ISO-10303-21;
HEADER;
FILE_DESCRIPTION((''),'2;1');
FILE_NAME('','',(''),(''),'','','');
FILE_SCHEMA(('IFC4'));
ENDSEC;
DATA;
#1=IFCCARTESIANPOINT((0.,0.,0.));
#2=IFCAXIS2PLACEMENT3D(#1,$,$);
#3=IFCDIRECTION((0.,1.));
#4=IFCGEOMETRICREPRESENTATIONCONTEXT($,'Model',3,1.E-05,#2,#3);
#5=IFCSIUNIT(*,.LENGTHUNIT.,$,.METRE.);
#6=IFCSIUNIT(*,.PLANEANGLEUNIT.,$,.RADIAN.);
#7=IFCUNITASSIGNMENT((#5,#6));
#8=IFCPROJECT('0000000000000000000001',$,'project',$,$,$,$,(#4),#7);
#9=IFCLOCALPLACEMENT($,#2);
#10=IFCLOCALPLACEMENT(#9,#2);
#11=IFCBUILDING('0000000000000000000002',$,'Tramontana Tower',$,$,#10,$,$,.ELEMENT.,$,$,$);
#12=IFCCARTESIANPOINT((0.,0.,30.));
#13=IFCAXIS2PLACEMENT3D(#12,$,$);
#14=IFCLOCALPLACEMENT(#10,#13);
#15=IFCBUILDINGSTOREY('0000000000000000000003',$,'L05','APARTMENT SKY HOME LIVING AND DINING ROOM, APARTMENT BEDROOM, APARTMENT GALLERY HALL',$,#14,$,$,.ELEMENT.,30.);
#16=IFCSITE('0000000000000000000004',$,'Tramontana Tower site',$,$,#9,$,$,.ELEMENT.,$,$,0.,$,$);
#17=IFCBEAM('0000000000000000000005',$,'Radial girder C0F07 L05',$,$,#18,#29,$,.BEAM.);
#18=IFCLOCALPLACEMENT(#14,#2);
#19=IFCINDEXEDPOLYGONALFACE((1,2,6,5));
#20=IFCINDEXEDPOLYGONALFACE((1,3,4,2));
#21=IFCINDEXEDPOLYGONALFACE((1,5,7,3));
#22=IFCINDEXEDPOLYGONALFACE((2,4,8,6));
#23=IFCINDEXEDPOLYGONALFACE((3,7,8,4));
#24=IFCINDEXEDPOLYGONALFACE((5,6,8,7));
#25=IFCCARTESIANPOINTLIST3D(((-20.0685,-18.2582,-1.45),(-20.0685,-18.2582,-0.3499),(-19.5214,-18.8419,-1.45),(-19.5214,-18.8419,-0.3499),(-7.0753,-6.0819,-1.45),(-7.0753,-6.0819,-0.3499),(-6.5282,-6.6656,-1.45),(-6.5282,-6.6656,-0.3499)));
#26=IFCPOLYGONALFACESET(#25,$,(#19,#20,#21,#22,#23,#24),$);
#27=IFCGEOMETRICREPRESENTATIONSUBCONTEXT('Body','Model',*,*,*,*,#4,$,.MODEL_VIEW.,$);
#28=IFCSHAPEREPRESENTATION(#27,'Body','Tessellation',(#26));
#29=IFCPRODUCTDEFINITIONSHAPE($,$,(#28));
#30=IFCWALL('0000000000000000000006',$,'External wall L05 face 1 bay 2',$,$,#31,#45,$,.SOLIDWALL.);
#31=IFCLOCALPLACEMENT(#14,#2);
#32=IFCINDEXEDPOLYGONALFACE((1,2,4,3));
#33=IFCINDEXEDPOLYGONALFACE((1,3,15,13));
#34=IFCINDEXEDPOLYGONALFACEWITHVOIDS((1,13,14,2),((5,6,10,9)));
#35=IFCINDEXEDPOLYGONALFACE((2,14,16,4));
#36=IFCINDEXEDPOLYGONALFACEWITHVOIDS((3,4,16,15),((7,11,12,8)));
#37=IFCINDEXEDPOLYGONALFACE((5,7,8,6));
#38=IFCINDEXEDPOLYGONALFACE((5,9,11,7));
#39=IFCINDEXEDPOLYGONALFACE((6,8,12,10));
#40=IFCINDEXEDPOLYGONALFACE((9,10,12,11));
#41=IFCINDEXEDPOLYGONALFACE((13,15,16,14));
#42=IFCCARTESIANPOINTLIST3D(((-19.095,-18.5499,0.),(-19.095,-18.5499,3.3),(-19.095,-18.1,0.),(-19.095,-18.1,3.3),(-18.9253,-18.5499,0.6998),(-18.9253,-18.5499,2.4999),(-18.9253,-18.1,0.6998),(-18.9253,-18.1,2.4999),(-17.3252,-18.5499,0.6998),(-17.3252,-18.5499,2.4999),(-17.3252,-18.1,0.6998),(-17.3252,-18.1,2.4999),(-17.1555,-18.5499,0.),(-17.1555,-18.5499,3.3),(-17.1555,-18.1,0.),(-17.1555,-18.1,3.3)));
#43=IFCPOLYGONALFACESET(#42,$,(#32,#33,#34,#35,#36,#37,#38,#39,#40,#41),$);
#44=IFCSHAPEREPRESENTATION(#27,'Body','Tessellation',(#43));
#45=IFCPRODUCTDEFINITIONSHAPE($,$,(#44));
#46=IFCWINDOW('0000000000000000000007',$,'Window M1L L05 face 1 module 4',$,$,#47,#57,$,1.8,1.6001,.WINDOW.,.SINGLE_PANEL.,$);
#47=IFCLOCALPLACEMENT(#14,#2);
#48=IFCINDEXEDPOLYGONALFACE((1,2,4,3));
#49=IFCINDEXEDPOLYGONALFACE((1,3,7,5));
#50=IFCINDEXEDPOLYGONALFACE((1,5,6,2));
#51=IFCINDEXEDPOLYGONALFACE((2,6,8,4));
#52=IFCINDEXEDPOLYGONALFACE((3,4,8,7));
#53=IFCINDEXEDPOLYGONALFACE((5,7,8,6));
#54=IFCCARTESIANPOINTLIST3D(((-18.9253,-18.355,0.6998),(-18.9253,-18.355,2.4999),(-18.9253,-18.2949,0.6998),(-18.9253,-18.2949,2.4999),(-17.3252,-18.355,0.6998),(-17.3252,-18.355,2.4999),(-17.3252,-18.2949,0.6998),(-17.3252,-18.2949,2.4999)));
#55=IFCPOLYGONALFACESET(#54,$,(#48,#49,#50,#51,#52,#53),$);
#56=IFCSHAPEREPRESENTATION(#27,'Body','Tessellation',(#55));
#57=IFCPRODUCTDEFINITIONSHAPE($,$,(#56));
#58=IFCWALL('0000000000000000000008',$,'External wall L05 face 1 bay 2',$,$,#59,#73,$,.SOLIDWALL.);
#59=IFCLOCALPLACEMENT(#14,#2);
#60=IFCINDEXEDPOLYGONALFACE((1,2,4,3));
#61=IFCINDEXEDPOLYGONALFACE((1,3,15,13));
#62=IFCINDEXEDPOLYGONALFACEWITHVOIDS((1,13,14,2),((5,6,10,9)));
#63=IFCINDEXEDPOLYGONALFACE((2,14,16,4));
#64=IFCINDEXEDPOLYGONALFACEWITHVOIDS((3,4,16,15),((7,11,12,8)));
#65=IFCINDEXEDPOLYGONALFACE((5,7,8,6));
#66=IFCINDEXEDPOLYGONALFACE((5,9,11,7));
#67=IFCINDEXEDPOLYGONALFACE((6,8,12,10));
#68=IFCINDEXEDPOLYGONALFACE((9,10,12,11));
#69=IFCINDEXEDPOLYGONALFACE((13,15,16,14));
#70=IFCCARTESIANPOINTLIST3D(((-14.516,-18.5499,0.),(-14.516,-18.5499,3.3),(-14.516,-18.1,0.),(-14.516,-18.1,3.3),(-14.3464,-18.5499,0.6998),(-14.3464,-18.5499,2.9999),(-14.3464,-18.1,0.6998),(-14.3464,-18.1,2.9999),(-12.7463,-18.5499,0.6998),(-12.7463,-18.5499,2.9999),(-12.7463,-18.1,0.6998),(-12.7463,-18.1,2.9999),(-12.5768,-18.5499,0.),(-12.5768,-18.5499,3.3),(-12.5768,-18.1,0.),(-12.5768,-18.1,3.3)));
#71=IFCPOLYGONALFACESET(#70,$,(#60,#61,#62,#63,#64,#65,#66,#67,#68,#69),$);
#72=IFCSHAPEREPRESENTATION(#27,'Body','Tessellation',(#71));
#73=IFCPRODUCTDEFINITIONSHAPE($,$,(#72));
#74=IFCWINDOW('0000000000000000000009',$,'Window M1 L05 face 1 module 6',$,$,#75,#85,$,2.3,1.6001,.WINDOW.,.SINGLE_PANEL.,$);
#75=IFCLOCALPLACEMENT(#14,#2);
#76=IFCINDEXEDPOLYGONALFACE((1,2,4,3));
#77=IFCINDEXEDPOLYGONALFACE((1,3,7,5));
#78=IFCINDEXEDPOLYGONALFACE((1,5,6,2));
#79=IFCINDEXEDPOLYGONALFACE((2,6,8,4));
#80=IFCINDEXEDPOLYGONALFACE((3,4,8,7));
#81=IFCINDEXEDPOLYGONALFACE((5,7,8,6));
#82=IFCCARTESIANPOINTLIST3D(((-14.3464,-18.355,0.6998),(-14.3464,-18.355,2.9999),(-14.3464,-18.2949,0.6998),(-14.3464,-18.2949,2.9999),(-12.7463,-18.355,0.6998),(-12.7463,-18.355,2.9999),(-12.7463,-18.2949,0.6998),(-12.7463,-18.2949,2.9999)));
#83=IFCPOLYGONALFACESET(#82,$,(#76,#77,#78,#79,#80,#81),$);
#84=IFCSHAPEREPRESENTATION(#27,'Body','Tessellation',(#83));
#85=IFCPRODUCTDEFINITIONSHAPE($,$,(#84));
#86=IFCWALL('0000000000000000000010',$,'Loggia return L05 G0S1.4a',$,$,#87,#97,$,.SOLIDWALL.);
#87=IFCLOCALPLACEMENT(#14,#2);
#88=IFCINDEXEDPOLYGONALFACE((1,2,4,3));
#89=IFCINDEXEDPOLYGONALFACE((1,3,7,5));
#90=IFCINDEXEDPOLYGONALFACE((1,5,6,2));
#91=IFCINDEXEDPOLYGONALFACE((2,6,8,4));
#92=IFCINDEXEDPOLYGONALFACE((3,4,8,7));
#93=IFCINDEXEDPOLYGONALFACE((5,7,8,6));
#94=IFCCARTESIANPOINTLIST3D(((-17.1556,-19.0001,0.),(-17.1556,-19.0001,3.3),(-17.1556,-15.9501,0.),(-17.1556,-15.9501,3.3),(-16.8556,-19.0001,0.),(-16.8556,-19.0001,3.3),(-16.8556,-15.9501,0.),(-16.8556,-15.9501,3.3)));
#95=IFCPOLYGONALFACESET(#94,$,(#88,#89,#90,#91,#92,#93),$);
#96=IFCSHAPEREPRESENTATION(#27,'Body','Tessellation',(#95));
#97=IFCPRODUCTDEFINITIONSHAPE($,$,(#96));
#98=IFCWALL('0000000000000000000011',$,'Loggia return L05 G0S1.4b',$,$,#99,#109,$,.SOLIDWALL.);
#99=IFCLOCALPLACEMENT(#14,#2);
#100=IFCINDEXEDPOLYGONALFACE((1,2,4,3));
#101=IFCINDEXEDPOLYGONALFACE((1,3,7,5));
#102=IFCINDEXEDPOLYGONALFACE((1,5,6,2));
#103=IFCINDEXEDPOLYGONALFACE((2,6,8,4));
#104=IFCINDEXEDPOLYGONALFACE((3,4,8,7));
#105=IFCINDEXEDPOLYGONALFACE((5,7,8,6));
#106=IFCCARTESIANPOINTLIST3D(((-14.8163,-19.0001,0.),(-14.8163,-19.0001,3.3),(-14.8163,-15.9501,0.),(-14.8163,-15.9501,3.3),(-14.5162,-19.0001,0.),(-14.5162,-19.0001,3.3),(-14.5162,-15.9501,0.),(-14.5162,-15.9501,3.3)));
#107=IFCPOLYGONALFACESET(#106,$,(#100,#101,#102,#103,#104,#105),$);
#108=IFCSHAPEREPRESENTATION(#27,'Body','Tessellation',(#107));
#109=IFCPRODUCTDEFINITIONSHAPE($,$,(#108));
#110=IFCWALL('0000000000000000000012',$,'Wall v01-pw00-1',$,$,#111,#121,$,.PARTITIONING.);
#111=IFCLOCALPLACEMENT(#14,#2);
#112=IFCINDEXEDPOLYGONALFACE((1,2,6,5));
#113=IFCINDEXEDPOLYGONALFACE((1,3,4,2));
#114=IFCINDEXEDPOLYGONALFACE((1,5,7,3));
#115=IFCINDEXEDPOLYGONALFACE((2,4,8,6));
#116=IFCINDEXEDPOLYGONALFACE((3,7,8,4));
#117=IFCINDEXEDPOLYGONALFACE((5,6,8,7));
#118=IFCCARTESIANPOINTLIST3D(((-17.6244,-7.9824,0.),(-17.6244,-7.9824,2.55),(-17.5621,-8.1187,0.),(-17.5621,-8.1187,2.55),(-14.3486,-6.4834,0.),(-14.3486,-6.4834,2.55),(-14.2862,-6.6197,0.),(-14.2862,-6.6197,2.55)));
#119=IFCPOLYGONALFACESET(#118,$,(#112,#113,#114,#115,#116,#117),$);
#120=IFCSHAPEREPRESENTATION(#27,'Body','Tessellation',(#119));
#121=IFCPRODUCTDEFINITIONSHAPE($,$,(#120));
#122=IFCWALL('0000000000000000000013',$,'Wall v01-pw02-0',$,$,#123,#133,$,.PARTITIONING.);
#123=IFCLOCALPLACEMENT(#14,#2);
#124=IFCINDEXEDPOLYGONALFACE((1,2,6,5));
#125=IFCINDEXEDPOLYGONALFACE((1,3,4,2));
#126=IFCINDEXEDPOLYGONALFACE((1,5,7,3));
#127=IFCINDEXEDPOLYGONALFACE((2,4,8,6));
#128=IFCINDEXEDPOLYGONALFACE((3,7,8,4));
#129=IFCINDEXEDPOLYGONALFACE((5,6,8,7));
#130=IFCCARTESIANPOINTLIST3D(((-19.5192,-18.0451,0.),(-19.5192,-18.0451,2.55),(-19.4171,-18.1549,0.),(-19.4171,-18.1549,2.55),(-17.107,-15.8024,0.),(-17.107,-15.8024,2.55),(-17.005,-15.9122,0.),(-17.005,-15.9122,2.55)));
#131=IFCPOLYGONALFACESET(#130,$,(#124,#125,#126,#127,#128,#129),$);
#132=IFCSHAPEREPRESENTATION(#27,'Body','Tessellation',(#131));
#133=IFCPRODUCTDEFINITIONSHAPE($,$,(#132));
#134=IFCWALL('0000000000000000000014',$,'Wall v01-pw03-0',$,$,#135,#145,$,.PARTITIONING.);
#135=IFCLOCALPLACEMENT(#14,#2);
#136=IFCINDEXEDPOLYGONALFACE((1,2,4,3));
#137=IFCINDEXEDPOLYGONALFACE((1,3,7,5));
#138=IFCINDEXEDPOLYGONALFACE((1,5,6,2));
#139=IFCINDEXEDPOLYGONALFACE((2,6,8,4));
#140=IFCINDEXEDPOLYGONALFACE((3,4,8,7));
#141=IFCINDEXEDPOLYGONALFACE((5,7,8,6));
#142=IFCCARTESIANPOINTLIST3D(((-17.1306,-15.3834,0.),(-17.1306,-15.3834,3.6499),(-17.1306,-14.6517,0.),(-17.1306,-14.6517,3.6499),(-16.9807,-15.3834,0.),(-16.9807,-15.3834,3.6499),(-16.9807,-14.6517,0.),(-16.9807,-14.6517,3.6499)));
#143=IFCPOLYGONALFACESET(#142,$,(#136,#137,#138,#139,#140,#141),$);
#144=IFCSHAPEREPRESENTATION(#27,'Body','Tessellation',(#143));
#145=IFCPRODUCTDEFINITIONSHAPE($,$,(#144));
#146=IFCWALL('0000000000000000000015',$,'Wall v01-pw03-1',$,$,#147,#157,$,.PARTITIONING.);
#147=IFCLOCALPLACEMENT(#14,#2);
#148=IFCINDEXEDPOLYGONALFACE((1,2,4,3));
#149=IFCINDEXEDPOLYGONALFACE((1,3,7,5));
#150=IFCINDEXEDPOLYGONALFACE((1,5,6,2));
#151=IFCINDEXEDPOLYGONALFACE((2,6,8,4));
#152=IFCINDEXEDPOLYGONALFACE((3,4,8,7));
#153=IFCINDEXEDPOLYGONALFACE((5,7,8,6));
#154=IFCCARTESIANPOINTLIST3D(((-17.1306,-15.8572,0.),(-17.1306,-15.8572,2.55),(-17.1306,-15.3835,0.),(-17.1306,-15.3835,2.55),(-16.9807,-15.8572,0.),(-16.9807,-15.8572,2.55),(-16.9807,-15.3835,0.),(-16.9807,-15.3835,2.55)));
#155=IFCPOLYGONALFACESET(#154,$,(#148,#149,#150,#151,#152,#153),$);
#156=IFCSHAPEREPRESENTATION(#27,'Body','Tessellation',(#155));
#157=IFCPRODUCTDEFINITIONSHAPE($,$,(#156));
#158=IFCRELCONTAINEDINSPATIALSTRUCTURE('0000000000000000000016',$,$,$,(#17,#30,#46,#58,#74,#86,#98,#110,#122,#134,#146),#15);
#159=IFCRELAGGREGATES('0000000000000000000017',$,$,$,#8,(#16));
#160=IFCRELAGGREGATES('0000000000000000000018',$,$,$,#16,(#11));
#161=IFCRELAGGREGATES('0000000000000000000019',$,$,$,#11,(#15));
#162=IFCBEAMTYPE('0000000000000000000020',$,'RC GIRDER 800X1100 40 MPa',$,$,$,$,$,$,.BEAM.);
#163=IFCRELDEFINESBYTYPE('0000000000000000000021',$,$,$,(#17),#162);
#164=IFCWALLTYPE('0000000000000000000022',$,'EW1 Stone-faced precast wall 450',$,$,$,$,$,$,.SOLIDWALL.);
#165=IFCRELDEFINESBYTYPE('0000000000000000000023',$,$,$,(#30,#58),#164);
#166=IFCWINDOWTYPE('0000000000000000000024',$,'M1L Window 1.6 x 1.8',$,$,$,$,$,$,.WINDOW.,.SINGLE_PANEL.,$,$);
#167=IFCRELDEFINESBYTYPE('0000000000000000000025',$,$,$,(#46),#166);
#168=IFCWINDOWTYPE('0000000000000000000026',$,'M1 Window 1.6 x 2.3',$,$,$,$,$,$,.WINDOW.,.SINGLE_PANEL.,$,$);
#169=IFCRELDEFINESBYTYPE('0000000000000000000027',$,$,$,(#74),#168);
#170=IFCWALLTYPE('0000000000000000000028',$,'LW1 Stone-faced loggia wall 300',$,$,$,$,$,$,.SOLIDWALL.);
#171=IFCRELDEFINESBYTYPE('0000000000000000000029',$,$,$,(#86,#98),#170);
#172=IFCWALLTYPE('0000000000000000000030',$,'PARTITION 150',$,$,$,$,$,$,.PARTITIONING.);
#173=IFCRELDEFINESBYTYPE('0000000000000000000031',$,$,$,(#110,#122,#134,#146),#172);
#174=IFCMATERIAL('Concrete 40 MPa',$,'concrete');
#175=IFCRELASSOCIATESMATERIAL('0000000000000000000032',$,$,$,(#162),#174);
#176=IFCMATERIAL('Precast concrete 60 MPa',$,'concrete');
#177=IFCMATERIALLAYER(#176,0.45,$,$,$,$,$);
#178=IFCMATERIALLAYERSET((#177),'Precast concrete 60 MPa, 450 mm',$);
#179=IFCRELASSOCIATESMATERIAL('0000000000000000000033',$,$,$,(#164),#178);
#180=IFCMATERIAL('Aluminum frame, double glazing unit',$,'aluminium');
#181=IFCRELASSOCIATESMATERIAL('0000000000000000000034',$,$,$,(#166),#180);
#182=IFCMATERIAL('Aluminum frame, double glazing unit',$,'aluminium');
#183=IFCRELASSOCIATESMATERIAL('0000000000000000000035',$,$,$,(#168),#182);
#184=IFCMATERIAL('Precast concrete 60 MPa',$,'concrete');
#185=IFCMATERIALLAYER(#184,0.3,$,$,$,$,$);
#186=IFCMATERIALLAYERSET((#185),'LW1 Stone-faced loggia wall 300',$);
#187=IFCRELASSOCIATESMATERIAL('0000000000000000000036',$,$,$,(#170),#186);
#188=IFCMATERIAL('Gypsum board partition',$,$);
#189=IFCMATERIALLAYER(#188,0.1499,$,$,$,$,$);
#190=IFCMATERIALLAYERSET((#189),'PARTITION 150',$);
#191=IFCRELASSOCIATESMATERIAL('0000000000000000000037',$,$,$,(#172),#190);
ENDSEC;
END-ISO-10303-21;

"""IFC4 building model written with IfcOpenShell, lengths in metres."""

from ifc_helpers import new_model, si_unit, direction, frame, frame_2d, origin, origin_2d, place, context, subcontext, project, spatial, rectangle, extrude, material, layer, layer_set, material_profile, profile_set, type_object, element, fill, save


model = new_model("IFC4")

# Units and contexts
model_context = context("Model", 3, precision=1e-05, world=origin(), true_north=direction((0.0, 1.0)))
body_context = subcontext(model_context, "Body", "Model", "MODEL_VIEW")
ifc_project = project(units=[si_unit("LENGTHUNIT", "METRE"), si_unit("PLANEANGLEUNIT", "RADIAN")], contexts=[model_context])

# Site, building, storey
site_placement = place(None, origin())
site = spatial("IfcSite", under=ifc_project, at=site_placement, Name="Tramontana Tower site", CompositionType="ELEMENT", RefElevation=0.0)
building_placement = place(site_placement, origin())
building = spatial("IfcBuilding", under=site, at=building_placement, Name="Tramontana Tower", CompositionType="ELEMENT")
storey_placement = place(building_placement, frame((0.0, 0.0, 30.0)))
storey = spatial("IfcBuildingStorey", under=building, at=storey_placement, Name="L05", Description="APARTMENT SKY HOME LIVING AND DINING ROOM, APARTMENT BEDROOM, APARTMENT GALLERY HALL", CompositionType="ELEMENT", Elevation=30.0)

# Beam
ifc_material_1 = material(Name="Concrete 40 MPa", Category="concrete")
ifc_material_profile = material_profile(ifc_material_1, rectangle(XDim=0.8, YDim=1.1001, at=origin_2d()), Name="RC GIRDER 800X1100 40 MPa")
ifc_profile_set = profile_set([ifc_material_profile], Name="Concrete 40 MPa")
beam_type = type_object("IfcBeamType", Name="RC GIRDER 800X1100 40 MPa", PredefinedType="BEAM", material=ifc_profile_set)
beam_placement = place(storey_placement, frame((-19.7949, -18.55, -0.8999), z_axis=(0.729672, 0.683797, 0.0), x_axis=(-0.683797, 0.729672, 0.0)))
element("IfcBeam", 1, at=beam_placement, inside=storey, type_object=beam_type, Name="Radial girder C0F07 L05", PredefinedType="BEAM", context=body_context, shape_type="SweptSolid", body=[
    extrude(rectangle(XDim=0.8, YDim=1.1001, at=origin_2d()), origin(), (0.0, 0.0, 1.0), 17.8069),
])

# Walls, openings, windows
ifc_material_2 = material(Name="Precast concrete 60 MPa", Category="concrete")
ifc_layer_1 = layer(ifc_material_2, 0.45)
ifc_layer_set_1 = layer_set([ifc_layer_1], Name="Precast concrete 60 MPa, 450 mm")
wall_type_1 = type_object("IfcWallType", Name="EW1 Stone-faced precast wall 450", PredefinedType="SOLIDWALL", material=ifc_layer_set_1)
wall_1_placement = place(storey_placement, frame((-19.095, -18.325, 0.0), z_axis=(0.0, 0.0, 1.0), x_axis=(1.0, 0.0, 0.0)))
wall_1 = element("IfcWall", 2, at=wall_1_placement, inside=storey, type_object=wall_type_1, Name="External wall L05 face 1 bay 2", PredefinedType="SOLIDWALL", context=body_context, shape_type="SweptSolid", body=[
    extrude(rectangle(XDim=1.9395, YDim=0.45, at=frame_2d((0.9697, 0.0))), origin(), (0.0, 0.0, 1.0), 3.3),
])
opening_1_placement = place(wall_1_placement, frame((0.1697, 0.0, 0.7)))
opening_1 = element("IfcOpeningElement", 3, at=opening_1_placement, cuts=wall_1, PredefinedType="OPENING", context=body_context, shape_type="SweptSolid", body=[
    extrude(rectangle(XDim=1.6001, YDim=1.8, at=frame_2d((0.8, 0.8999))), frame((0.0, 0.2349, 0.0), z_axis=(0.0, -1.0, 0.0), x_axis=(1.0, 0.0, 0.0)), (0.0, 0.0, 1.0), 0.47),
])
ifc_material_3 = material(Name="Aluminum frame, double glazing unit", Category="aluminium")
window_type_1 = type_object("IfcWindowType", Name="M1L Window 1.6 x 1.8", PartitioningType="SINGLE_PANEL", PredefinedType="WINDOW", material=ifc_material_3)
window_1_placement = place(opening_1_placement, origin())
window_1 = element("IfcWindow", 4, at=window_1_placement, inside=storey, type_object=window_type_1, Name="Window M1L L05 face 1 module 4", OverallHeight=1.8, OverallWidth=1.6001, PartitioningType="SINGLE_PANEL", PredefinedType="WINDOW", context=body_context, shape_type="SweptSolid", body=[
    extrude(rectangle(XDim=1.6001, YDim=1.8, at=frame_2d((0.8, 0.8999))), frame((0.0, 0.03, 0.0), z_axis=(0.0, -1.0, 0.0), x_axis=(1.0, 0.0, 0.0)), (0.0, 0.0, 1.0), 0.0601),
])
fill(opening_1, window_1)
wall_2_placement = place(storey_placement, frame((-14.5161, -18.325, 0.0), z_axis=(0.0, 0.0, 1.0), x_axis=(1.0, 0.0, 0.0)))
wall_2 = element("IfcWall", 5, at=wall_2_placement, inside=storey, type_object=wall_type_1, Name="External wall L05 face 1 bay 2", PredefinedType="SOLIDWALL", context=body_context, shape_type="SweptSolid", body=[
    extrude(rectangle(XDim=1.9392, YDim=0.45, at=frame_2d((0.9697, 0.0))), origin(), (0.0, 0.0, 1.0), 3.3),
])
opening_2_placement = place(wall_2_placement, frame((0.1697, 0.0, 0.7)))
opening_2 = element("IfcOpeningElement", 6, at=opening_2_placement, cuts=wall_2, PredefinedType="OPENING", context=body_context, shape_type="SweptSolid", body=[
    extrude(rectangle(XDim=1.6001, YDim=2.3, at=frame_2d((0.8, 1.1499))), frame((0.0, 0.2349, 0.0), z_axis=(0.0, -1.0, 0.0), x_axis=(1.0, 0.0, 0.0)), (0.0, 0.0, 1.0), 0.47),
])
ifc_material_4 = material(Name="Aluminum frame, double glazing unit", Category="aluminium")
window_type_2 = type_object("IfcWindowType", Name="M1 Window 1.6 x 2.3", PartitioningType="SINGLE_PANEL", PredefinedType="WINDOW", material=ifc_material_4)
window_2_placement = place(opening_2_placement, origin())
window_2 = element("IfcWindow", 7, at=window_2_placement, inside=storey, type_object=window_type_2, Name="Window M1 L05 face 1 module 6", OverallHeight=2.3, OverallWidth=1.6001, PartitioningType="SINGLE_PANEL", PredefinedType="WINDOW", context=body_context, shape_type="SweptSolid", body=[
    extrude(rectangle(XDim=1.6001, YDim=2.3, at=frame_2d((0.8, 1.1499))), frame((0.0, 0.03, 0.0), z_axis=(0.0, -1.0, 0.0), x_axis=(1.0, 0.0, 0.0)), (0.0, 0.0, 1.0), 0.0601),
])
fill(opening_2, window_2)

# Shared definitions
ifc_material_5 = material(Name="Precast concrete 60 MPa", Category="concrete")
ifc_layer_2 = layer(ifc_material_5, 0.3)
ifc_layer_set_2 = layer_set([ifc_layer_2], Name="LW1 Stone-faced loggia wall 300")
wall_type_2 = type_object("IfcWallType", Name="LW1 Stone-faced loggia wall 300", PredefinedType="SOLIDWALL", material=ifc_layer_set_2)

# Walls
for number, where, z_axis, x_axis, name in (
    (8, (-17.0056, -19.0, 0.0), (0.0, 0.0, 1.0), (0.0, 1.0, 0.0), "Loggia return L05 G0S1.4a"),
    (9, (-14.6663, -19.0, 0.0), (0.0, 0.0, 1.0), (0.0, 1.0, 0.0), "Loggia return L05 G0S1.4b"),
):
    element("IfcWall", number, at=place(storey_placement, frame(where, z_axis=z_axis, x_axis=x_axis)), inside=storey, type_object=wall_type_2, Name=name, PredefinedType="SOLIDWALL", context=body_context, shape_type="SweptSolid", body=[
        extrude(rectangle(XDim=3.05, YDim=0.3, at=frame_2d((1.5249, 0.0))), origin(), (0.0, 0.0, 1.0), 3.3),
    ])
ifc_material_6 = material(Name="Gypsum board partition")
ifc_layer_3 = layer(ifc_material_6, 0.1499)
ifc_layer_set_3 = layer_set([ifc_layer_3], Name="PARTITION 150")
wall_type_3 = type_object("IfcWallType", Name="PARTITION 150", PredefinedType="PARTITIONING", material=ifc_layer_set_3)
wall_3_placement = place(storey_placement, frame((-17.5933, -8.0505, 0.0), z_axis=(0.0, 0.0, 1.0), x_axis=(0.909319, 0.416099, 0.0)))
element("IfcWall", 10, at=wall_3_placement, inside=storey, type_object=wall_type_3, Name="Wall v01-pw00-1", PredefinedType="PARTITIONING", context=body_context, shape_type="SweptSolid", body=[
    extrude(rectangle(XDim=3.6025, YDim=0.1499, at=frame_2d((1.8013, 0.0))), origin(), (0.0, 0.0, 1.0), 2.55),
])
wall_4_placement = place(storey_placement, frame((-17.0559, -15.8572, 0.0), z_axis=(0.0, 0.0, 1.0), x_axis=(-0.73236, -0.680917, 0.0)))
element("IfcWall", 11, at=wall_4_placement, inside=storey, type_object=wall_type_3, Name="Wall v01-pw02-0", PredefinedType="PARTITIONING", context=body_context, shape_type="SweptSolid", body=[
    extrude(rectangle(XDim=3.2937, YDim=0.1499, at=frame_2d((1.647, 0.0))), origin(), (0.0, 0.0, 1.0), 2.55),
])
wall_5_placement = place(storey_placement, frame((-17.0557, -14.6519, 0.0), z_axis=(0.0, 0.0, 1.0), x_axis=(0.0, -1.0, 0.0)))
element("IfcWall", 12, at=wall_5_placement, inside=storey, type_object=wall_type_3, Name="Wall v01-pw03-0", PredefinedType="PARTITIONING", context=body_context, shape_type="SweptSolid", body=[
    extrude(rectangle(XDim=0.7317, YDim=0.1499, at=frame_2d((0.3657, 0.0))), origin(), (0.0, 0.0, 1.0), 3.6499),
])
wall_6_placement = place(storey_placement, frame((-17.0557, -15.3835, 0.0), z_axis=(0.0, 0.0, 1.0), x_axis=(0.0, -1.0, 0.0)))
element("IfcWall", 13, at=wall_6_placement, inside=storey, type_object=wall_type_3, Name="Wall v01-pw03-1", PredefinedType="PARTITIONING", context=body_context, shape_type="SweptSolid", body=[
    extrude(rectangle(XDim=0.4736, YDim=0.1499, at=frame_2d((0.2368, 0.0))), origin(), (0.0, 0.0, 1.0), 2.55),
])

save(model, "model.ifc")
